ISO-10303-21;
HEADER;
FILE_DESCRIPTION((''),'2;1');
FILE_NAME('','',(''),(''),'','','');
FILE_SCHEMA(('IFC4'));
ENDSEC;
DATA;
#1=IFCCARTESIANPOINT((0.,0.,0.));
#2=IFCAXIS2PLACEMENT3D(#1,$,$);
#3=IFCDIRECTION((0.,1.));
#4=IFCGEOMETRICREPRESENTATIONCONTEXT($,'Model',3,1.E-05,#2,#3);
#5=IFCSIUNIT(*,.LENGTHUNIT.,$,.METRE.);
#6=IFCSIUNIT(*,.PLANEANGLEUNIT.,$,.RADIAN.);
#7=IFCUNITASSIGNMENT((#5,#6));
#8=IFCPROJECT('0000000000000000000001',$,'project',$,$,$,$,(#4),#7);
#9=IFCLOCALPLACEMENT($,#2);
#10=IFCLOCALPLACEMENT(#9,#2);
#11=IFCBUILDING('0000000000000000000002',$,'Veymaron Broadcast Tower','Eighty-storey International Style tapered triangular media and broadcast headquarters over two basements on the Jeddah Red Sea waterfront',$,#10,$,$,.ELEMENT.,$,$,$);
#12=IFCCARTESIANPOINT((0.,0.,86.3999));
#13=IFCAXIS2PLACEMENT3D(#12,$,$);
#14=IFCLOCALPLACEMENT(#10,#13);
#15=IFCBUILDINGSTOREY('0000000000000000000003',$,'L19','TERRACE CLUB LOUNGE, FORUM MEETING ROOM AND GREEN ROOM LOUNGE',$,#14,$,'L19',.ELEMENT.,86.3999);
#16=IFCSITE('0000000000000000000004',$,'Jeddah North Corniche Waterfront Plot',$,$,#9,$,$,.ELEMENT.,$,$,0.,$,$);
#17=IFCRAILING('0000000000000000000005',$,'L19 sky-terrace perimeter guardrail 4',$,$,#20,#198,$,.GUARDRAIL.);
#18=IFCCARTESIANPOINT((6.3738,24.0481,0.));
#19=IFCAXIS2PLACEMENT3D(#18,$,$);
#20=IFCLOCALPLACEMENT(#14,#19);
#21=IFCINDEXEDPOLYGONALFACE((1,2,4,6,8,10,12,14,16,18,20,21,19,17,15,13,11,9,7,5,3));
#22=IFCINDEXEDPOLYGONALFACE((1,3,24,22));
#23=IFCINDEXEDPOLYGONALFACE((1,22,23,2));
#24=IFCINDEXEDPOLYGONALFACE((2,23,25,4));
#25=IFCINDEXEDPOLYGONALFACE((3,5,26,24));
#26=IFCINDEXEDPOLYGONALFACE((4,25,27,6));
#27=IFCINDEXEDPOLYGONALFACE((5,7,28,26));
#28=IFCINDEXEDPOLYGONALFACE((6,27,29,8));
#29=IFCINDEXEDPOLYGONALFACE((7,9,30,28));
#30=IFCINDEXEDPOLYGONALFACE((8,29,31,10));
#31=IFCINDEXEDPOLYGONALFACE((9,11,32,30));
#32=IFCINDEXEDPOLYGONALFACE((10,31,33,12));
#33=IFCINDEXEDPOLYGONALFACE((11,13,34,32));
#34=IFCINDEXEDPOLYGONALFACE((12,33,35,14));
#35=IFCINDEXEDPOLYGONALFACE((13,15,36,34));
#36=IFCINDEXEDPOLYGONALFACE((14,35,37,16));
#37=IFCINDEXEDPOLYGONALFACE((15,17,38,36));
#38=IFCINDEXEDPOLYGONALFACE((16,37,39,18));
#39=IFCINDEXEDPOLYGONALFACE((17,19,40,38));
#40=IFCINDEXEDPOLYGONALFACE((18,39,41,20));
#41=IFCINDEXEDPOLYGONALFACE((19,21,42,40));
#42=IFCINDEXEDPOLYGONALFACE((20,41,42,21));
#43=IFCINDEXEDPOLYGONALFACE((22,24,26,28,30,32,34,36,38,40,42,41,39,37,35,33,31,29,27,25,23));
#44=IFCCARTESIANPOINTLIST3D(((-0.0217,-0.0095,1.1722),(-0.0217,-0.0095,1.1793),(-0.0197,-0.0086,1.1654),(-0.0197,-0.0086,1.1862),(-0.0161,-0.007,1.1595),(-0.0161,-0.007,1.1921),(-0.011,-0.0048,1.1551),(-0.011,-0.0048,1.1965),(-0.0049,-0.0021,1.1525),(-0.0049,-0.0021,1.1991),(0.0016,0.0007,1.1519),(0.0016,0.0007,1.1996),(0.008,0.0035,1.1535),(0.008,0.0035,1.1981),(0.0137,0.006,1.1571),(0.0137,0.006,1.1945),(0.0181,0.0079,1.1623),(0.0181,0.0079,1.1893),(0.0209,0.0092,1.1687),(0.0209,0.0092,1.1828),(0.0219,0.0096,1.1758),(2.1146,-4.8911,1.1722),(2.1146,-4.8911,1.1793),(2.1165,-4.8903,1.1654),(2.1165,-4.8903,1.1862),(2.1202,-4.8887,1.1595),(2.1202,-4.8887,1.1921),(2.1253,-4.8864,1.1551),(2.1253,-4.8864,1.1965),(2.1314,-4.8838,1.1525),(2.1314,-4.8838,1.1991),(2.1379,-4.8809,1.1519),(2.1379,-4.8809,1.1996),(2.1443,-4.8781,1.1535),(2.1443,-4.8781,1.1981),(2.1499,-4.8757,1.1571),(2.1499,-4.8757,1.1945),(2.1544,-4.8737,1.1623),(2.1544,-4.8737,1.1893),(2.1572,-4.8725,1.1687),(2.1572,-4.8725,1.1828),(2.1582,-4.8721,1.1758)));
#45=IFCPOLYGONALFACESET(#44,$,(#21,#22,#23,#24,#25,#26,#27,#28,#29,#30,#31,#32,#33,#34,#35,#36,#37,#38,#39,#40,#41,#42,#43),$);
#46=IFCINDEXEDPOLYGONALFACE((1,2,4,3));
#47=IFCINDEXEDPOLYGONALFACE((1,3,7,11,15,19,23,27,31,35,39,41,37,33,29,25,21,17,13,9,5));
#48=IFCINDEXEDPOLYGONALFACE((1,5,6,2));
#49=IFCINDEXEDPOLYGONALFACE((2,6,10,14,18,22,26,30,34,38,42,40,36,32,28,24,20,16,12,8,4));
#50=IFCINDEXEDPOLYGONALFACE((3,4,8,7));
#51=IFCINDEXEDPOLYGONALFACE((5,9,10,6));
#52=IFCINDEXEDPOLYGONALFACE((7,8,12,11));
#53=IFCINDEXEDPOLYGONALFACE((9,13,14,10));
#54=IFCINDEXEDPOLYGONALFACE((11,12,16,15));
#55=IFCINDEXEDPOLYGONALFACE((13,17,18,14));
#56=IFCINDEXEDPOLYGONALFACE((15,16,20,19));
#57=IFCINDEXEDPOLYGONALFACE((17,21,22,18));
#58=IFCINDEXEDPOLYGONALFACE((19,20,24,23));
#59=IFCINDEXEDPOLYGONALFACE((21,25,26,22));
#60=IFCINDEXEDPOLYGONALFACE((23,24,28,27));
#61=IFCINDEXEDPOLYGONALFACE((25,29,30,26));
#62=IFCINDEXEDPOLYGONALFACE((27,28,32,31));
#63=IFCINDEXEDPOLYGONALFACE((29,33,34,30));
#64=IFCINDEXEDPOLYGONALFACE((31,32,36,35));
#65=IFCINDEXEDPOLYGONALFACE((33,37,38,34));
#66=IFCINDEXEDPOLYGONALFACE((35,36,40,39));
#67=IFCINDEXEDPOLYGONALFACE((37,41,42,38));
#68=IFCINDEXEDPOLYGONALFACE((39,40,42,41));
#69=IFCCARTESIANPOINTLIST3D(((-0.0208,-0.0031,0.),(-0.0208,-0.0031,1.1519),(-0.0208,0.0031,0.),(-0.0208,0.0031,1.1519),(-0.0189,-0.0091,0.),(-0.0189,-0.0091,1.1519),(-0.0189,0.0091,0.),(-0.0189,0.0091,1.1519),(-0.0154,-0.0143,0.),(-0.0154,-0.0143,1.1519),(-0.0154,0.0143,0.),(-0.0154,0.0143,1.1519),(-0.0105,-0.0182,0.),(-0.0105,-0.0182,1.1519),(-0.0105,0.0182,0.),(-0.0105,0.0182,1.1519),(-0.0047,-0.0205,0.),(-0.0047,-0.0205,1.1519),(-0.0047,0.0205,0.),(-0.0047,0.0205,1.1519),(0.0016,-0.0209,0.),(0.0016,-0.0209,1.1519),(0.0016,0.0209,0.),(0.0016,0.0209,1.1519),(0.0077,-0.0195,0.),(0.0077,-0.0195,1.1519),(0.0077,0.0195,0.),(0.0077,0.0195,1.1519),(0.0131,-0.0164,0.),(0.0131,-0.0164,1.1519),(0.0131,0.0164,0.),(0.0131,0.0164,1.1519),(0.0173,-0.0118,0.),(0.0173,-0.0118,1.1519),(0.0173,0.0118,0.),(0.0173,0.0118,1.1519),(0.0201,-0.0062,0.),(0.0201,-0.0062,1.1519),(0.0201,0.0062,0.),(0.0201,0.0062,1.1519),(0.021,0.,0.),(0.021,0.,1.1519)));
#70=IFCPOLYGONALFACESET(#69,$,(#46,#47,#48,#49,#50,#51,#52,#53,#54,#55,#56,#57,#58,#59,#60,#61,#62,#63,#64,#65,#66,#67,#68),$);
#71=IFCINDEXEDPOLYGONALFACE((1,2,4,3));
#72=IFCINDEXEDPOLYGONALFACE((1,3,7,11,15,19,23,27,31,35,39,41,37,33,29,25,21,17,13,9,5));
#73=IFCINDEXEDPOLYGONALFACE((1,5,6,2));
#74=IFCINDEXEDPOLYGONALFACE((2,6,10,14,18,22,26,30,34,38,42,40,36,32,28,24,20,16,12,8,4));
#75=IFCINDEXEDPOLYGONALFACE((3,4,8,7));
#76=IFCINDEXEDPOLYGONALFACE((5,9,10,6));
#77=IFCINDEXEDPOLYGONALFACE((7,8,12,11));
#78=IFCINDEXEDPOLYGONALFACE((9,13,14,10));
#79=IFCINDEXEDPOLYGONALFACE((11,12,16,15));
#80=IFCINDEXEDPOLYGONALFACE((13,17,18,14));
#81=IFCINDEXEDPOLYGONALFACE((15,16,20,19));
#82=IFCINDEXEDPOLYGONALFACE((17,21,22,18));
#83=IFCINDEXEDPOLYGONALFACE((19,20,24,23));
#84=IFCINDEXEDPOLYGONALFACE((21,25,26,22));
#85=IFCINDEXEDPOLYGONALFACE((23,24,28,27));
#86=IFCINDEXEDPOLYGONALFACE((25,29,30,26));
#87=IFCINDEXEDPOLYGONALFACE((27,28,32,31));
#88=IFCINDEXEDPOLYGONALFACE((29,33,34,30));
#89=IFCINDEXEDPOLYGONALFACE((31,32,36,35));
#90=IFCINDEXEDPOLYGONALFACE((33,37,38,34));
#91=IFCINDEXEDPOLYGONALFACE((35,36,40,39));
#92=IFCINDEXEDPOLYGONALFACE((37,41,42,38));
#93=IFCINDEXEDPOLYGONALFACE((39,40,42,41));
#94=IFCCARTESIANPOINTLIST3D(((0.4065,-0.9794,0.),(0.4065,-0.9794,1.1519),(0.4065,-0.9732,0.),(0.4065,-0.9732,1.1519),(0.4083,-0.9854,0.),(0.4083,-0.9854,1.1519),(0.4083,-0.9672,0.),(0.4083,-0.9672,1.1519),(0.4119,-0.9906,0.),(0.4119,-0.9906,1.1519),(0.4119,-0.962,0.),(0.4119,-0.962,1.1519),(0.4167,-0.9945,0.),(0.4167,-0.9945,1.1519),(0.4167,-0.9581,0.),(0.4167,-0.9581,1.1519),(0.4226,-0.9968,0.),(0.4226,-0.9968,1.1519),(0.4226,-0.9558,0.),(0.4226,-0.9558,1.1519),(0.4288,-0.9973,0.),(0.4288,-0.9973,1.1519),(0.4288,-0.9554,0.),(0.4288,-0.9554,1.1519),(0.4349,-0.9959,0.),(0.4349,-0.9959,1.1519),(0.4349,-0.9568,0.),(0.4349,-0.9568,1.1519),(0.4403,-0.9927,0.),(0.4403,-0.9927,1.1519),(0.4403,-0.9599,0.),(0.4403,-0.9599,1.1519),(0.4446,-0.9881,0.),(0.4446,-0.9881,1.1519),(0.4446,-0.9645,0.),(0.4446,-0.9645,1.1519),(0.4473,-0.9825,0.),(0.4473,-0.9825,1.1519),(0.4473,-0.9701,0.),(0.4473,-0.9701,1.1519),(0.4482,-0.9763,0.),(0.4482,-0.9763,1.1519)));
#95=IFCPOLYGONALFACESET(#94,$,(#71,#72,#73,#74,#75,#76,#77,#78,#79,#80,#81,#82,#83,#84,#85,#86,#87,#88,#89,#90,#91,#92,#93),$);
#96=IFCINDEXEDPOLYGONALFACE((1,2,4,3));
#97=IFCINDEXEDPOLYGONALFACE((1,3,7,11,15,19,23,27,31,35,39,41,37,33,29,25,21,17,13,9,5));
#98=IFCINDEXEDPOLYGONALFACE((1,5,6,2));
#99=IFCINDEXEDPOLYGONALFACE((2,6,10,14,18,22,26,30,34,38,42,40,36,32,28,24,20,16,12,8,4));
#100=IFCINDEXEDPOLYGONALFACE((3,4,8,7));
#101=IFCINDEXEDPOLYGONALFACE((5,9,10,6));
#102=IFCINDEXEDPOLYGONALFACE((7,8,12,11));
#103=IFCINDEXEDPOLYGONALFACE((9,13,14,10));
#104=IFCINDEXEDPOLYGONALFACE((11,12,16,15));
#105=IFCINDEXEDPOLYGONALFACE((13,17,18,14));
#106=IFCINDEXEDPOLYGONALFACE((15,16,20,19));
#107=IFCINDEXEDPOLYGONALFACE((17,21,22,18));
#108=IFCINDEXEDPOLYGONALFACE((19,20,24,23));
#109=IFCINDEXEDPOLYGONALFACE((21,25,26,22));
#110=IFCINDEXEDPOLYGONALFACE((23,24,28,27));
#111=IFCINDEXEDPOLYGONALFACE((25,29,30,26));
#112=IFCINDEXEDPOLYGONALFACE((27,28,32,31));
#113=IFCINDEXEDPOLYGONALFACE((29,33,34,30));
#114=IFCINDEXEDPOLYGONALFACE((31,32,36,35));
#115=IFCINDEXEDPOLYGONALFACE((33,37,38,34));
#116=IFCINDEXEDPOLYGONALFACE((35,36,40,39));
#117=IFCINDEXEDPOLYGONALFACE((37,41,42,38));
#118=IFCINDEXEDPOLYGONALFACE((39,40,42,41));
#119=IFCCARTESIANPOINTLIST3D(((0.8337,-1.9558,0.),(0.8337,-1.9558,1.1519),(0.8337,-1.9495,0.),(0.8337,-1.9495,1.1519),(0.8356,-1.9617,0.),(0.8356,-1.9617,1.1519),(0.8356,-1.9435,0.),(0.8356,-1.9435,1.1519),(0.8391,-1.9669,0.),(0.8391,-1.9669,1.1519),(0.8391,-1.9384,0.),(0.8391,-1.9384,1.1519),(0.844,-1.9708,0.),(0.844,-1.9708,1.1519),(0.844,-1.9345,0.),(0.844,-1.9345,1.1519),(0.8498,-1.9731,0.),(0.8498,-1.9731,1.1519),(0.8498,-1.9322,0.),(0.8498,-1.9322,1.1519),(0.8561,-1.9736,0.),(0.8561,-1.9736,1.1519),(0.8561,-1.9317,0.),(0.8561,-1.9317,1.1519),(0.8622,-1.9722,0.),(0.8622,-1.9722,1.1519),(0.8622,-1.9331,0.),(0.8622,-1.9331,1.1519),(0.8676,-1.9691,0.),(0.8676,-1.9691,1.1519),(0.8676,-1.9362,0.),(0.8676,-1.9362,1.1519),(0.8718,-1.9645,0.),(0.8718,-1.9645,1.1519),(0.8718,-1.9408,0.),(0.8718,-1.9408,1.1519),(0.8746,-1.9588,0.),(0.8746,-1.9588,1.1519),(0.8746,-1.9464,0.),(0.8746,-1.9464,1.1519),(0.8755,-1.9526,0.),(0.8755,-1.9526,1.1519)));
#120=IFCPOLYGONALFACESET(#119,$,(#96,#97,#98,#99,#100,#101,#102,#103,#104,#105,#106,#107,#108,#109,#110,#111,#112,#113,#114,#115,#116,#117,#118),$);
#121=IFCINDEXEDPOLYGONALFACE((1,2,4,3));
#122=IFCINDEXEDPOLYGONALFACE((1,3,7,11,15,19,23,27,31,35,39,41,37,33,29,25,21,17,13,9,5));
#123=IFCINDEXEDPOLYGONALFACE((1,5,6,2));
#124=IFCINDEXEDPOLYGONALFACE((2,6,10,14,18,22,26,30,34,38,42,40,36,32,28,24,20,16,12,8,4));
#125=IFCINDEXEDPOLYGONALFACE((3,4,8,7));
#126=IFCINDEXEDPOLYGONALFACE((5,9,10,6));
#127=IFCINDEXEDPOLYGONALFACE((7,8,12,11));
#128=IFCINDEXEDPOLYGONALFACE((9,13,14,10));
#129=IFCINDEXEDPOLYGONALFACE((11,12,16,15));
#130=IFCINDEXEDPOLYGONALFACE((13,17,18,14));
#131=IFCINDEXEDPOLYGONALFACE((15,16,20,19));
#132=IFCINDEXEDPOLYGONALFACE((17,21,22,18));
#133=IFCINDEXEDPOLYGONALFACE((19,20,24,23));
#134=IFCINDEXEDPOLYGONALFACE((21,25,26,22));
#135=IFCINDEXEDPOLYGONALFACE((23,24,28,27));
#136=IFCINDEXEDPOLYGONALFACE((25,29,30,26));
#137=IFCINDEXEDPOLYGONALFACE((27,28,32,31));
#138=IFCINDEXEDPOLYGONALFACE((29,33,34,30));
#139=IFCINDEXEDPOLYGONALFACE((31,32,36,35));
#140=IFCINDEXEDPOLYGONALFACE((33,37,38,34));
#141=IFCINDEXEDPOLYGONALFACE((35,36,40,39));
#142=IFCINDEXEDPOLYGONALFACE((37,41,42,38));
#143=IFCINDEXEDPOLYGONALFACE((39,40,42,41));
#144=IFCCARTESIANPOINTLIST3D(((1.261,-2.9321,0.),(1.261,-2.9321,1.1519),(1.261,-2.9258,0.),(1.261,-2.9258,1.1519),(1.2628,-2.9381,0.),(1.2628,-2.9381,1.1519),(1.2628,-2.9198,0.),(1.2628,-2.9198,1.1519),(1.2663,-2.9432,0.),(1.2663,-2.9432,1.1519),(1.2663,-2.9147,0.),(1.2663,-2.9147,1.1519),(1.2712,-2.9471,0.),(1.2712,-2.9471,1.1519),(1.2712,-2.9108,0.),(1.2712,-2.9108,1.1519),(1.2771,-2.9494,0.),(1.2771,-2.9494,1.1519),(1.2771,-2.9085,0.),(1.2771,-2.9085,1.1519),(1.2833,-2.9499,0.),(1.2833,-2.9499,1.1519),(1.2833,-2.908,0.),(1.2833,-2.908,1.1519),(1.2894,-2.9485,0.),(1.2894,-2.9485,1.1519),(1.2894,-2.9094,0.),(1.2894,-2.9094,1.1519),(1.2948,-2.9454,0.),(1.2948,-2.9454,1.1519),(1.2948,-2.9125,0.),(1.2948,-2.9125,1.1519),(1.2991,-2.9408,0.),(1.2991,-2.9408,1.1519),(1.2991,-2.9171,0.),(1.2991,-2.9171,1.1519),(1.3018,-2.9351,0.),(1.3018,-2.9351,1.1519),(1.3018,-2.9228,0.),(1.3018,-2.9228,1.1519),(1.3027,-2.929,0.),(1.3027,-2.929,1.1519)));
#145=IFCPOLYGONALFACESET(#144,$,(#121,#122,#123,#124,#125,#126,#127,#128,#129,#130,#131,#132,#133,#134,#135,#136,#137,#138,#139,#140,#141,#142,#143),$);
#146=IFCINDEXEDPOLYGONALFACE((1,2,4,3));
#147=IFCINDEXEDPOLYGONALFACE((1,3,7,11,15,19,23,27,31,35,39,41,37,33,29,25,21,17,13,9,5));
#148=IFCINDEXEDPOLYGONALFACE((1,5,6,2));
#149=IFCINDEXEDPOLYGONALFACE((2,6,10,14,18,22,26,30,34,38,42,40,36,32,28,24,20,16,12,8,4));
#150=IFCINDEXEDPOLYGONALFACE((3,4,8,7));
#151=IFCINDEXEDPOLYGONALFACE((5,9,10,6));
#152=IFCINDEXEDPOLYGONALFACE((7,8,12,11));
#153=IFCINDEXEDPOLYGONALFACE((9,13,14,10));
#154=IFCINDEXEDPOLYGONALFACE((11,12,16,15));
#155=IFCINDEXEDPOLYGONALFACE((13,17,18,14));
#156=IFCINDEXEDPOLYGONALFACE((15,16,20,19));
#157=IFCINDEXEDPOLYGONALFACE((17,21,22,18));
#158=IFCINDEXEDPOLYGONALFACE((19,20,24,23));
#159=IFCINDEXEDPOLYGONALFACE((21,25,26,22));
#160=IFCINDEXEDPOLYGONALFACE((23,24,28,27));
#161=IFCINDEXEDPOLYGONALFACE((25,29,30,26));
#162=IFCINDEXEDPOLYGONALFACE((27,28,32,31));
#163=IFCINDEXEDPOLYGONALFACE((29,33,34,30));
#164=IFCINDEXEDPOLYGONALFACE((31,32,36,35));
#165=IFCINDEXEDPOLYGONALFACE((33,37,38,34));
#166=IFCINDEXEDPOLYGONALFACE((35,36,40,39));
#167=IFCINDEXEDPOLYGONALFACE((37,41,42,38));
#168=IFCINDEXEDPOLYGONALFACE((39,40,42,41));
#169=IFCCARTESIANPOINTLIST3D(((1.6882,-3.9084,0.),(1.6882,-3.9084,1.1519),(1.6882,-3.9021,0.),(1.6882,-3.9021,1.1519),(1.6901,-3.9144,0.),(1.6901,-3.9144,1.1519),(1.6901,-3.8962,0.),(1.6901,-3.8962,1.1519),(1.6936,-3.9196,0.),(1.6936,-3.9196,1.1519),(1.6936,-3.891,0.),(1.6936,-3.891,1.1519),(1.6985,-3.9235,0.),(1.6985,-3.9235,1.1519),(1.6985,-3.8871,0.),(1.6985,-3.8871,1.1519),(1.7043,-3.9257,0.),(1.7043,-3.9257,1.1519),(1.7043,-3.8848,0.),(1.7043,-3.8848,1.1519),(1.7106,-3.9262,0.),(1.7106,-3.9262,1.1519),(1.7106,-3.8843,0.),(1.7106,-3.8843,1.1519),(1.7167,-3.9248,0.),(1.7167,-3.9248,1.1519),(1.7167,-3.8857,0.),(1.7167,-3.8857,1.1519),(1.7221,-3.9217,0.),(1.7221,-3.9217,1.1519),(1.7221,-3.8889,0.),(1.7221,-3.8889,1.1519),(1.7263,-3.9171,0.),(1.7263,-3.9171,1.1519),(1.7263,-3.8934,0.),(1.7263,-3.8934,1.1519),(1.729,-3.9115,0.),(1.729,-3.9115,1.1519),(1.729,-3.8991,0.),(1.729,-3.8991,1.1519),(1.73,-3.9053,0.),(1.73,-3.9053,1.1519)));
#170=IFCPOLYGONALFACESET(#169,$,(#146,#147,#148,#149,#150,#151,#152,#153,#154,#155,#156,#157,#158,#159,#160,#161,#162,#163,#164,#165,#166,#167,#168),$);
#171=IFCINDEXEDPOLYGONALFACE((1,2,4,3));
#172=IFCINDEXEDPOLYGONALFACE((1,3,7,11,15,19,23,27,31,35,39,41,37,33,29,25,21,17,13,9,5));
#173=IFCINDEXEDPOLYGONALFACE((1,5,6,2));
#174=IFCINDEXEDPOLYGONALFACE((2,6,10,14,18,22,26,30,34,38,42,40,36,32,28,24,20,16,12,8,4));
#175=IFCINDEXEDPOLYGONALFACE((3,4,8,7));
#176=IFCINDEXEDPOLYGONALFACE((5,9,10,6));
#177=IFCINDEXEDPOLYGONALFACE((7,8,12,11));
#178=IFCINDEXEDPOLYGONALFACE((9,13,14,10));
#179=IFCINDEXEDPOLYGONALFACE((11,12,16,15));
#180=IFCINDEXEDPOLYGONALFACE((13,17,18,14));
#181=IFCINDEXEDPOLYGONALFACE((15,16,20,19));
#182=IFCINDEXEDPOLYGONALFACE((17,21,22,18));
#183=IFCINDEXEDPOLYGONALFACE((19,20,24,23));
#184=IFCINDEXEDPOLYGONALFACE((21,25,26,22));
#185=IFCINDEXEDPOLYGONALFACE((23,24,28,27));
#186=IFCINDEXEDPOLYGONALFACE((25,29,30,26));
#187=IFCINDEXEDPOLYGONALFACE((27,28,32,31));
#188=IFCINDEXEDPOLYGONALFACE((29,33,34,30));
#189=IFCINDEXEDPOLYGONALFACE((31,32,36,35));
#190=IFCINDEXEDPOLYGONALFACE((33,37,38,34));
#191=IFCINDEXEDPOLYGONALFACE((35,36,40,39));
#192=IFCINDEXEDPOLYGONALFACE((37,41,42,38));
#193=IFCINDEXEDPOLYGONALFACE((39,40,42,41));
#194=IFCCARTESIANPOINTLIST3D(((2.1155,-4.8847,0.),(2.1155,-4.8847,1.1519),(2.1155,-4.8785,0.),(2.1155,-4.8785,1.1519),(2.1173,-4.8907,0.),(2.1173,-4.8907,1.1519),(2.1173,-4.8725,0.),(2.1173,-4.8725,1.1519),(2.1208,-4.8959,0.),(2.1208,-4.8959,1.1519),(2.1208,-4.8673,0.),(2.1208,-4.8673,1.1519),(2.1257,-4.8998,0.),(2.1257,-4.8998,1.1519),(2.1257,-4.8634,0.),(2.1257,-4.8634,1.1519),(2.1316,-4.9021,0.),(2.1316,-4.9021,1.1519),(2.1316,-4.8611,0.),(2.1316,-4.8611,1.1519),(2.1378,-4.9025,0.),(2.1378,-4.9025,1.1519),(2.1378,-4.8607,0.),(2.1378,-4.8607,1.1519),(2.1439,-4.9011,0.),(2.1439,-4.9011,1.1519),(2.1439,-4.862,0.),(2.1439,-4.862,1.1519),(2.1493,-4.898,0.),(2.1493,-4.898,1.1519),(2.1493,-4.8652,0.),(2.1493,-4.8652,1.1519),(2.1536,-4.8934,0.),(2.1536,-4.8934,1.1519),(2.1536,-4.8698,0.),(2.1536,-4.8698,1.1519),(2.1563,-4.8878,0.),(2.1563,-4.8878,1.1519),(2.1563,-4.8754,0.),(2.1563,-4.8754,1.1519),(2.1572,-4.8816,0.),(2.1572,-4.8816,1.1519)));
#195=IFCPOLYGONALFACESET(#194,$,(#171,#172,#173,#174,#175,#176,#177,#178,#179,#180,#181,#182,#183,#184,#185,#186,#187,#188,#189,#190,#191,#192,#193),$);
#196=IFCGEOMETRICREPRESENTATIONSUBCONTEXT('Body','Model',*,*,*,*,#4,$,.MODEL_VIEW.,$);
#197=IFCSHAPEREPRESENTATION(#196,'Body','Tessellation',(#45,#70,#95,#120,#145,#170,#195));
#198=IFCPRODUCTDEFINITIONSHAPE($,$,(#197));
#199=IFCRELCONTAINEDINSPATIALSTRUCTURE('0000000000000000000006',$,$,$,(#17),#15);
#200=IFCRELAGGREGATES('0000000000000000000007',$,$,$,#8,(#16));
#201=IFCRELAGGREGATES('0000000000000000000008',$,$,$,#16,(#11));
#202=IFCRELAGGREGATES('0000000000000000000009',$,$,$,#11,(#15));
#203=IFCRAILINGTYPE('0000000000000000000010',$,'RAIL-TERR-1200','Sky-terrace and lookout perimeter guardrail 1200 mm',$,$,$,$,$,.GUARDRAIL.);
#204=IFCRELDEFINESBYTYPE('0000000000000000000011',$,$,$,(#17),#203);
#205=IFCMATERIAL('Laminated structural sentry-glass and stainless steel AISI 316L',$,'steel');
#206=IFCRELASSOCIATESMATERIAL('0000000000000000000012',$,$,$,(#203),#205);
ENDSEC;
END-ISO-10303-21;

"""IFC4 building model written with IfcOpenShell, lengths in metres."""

from ifc_helpers import new_model, si_unit, direction, frame, origin, origin_2d, place, context, subcontext, project, spatial, circle, extrude, material, type_object, element, save


model = new_model("IFC4")

# Units and contexts
model_context = context("Model", 3, precision=1e-05, world=origin(), true_north=direction((0.0, 1.0)))
body_context = subcontext(model_context, "Body", "Model", "MODEL_VIEW")
ifc_project = project(units=[si_unit("LENGTHUNIT", "METRE"), si_unit("PLANEANGLEUNIT", "RADIAN")], contexts=[model_context])

# Site, building, storey
site_placement = place(None, origin())
site = spatial("IfcSite", under=ifc_project, at=site_placement, Name="Jeddah North Corniche Waterfront Plot", CompositionType="ELEMENT", RefElevation=0.0)
building_placement = place(site_placement, origin())
building = spatial("IfcBuilding", under=site, at=building_placement, Name="Veymaron Broadcast Tower", Description="Eighty-storey International Style tapered triangular media and broadcast headquarters over two basements on the Jeddah Red Sea waterfront", CompositionType="ELEMENT")
storey_placement = place(building_placement, frame((0.0, 0.0, 86.3999)))
storey = spatial("IfcBuildingStorey", under=building, at=storey_placement, Name="L19", Description="TERRACE CLUB LOUNGE, FORUM MEETING ROOM AND GREEN ROOM LOUNGE", LongName="L19", CompositionType="ELEMENT", Elevation=86.3999)

# Railing
ifc_material_1 = material(Name="Laminated structural sentry-glass and stainless steel AISI 316L", Category="steel")
railing_type = type_object("IfcRailingType", Name="RAIL-TERR-1200", Description="Sky-terrace and lookout perimeter guardrail 1200 mm", PredefinedType="GUARDRAIL", material=ifc_material_1)
railing_1_placement = place(storey_placement, frame((6.3738, 24.0481, 0.0)))
element("IfcRailing", 1, at=railing_1_placement, inside=storey, type_object=railing_type, Name="L19 sky-terrace perimeter guardrail 4", PredefinedType="GUARDRAIL", context=body_context, shape_type="SweptSolid", body=[
    extrude(circle(Radius=0.0239, at=origin_2d()), frame((0.0, 0.0, 1.1758), z_axis=(0.400903, -0.916121, 0.0), x_axis=(0.916121, 0.400903, 0.0)), (0.0, 0.0, 1.0), 5.3286),
    extrude(circle(Radius=0.021, at=origin_2d()), origin(), (0.0, 0.0, 1.0), 1.1519),
    extrude(circle(Radius=0.021, at=origin_2d()), frame((0.4272, -0.9763, 0.0)), (0.0, 0.0, 1.0), 1.1519),
    extrude(circle(Radius=0.021, at=origin_2d()), frame((0.8545, -1.9526, 0.0)), (0.0, 0.0, 1.0), 1.1519),
    extrude(circle(Radius=0.021, at=origin_2d()), frame((1.2817, -2.929, 0.0)), (0.0, 0.0, 1.0), 1.1519),
    extrude(circle(Radius=0.021, at=origin_2d()), frame((1.709, -3.9053, 0.0)), (0.0, 0.0, 1.0), 1.1519),
    extrude(circle(Radius=0.021, at=origin_2d()), frame((2.1362, -4.8816, 0.0)), (0.0, 0.0, 1.0), 1.1519),
])

save(model, "model.ifc")
